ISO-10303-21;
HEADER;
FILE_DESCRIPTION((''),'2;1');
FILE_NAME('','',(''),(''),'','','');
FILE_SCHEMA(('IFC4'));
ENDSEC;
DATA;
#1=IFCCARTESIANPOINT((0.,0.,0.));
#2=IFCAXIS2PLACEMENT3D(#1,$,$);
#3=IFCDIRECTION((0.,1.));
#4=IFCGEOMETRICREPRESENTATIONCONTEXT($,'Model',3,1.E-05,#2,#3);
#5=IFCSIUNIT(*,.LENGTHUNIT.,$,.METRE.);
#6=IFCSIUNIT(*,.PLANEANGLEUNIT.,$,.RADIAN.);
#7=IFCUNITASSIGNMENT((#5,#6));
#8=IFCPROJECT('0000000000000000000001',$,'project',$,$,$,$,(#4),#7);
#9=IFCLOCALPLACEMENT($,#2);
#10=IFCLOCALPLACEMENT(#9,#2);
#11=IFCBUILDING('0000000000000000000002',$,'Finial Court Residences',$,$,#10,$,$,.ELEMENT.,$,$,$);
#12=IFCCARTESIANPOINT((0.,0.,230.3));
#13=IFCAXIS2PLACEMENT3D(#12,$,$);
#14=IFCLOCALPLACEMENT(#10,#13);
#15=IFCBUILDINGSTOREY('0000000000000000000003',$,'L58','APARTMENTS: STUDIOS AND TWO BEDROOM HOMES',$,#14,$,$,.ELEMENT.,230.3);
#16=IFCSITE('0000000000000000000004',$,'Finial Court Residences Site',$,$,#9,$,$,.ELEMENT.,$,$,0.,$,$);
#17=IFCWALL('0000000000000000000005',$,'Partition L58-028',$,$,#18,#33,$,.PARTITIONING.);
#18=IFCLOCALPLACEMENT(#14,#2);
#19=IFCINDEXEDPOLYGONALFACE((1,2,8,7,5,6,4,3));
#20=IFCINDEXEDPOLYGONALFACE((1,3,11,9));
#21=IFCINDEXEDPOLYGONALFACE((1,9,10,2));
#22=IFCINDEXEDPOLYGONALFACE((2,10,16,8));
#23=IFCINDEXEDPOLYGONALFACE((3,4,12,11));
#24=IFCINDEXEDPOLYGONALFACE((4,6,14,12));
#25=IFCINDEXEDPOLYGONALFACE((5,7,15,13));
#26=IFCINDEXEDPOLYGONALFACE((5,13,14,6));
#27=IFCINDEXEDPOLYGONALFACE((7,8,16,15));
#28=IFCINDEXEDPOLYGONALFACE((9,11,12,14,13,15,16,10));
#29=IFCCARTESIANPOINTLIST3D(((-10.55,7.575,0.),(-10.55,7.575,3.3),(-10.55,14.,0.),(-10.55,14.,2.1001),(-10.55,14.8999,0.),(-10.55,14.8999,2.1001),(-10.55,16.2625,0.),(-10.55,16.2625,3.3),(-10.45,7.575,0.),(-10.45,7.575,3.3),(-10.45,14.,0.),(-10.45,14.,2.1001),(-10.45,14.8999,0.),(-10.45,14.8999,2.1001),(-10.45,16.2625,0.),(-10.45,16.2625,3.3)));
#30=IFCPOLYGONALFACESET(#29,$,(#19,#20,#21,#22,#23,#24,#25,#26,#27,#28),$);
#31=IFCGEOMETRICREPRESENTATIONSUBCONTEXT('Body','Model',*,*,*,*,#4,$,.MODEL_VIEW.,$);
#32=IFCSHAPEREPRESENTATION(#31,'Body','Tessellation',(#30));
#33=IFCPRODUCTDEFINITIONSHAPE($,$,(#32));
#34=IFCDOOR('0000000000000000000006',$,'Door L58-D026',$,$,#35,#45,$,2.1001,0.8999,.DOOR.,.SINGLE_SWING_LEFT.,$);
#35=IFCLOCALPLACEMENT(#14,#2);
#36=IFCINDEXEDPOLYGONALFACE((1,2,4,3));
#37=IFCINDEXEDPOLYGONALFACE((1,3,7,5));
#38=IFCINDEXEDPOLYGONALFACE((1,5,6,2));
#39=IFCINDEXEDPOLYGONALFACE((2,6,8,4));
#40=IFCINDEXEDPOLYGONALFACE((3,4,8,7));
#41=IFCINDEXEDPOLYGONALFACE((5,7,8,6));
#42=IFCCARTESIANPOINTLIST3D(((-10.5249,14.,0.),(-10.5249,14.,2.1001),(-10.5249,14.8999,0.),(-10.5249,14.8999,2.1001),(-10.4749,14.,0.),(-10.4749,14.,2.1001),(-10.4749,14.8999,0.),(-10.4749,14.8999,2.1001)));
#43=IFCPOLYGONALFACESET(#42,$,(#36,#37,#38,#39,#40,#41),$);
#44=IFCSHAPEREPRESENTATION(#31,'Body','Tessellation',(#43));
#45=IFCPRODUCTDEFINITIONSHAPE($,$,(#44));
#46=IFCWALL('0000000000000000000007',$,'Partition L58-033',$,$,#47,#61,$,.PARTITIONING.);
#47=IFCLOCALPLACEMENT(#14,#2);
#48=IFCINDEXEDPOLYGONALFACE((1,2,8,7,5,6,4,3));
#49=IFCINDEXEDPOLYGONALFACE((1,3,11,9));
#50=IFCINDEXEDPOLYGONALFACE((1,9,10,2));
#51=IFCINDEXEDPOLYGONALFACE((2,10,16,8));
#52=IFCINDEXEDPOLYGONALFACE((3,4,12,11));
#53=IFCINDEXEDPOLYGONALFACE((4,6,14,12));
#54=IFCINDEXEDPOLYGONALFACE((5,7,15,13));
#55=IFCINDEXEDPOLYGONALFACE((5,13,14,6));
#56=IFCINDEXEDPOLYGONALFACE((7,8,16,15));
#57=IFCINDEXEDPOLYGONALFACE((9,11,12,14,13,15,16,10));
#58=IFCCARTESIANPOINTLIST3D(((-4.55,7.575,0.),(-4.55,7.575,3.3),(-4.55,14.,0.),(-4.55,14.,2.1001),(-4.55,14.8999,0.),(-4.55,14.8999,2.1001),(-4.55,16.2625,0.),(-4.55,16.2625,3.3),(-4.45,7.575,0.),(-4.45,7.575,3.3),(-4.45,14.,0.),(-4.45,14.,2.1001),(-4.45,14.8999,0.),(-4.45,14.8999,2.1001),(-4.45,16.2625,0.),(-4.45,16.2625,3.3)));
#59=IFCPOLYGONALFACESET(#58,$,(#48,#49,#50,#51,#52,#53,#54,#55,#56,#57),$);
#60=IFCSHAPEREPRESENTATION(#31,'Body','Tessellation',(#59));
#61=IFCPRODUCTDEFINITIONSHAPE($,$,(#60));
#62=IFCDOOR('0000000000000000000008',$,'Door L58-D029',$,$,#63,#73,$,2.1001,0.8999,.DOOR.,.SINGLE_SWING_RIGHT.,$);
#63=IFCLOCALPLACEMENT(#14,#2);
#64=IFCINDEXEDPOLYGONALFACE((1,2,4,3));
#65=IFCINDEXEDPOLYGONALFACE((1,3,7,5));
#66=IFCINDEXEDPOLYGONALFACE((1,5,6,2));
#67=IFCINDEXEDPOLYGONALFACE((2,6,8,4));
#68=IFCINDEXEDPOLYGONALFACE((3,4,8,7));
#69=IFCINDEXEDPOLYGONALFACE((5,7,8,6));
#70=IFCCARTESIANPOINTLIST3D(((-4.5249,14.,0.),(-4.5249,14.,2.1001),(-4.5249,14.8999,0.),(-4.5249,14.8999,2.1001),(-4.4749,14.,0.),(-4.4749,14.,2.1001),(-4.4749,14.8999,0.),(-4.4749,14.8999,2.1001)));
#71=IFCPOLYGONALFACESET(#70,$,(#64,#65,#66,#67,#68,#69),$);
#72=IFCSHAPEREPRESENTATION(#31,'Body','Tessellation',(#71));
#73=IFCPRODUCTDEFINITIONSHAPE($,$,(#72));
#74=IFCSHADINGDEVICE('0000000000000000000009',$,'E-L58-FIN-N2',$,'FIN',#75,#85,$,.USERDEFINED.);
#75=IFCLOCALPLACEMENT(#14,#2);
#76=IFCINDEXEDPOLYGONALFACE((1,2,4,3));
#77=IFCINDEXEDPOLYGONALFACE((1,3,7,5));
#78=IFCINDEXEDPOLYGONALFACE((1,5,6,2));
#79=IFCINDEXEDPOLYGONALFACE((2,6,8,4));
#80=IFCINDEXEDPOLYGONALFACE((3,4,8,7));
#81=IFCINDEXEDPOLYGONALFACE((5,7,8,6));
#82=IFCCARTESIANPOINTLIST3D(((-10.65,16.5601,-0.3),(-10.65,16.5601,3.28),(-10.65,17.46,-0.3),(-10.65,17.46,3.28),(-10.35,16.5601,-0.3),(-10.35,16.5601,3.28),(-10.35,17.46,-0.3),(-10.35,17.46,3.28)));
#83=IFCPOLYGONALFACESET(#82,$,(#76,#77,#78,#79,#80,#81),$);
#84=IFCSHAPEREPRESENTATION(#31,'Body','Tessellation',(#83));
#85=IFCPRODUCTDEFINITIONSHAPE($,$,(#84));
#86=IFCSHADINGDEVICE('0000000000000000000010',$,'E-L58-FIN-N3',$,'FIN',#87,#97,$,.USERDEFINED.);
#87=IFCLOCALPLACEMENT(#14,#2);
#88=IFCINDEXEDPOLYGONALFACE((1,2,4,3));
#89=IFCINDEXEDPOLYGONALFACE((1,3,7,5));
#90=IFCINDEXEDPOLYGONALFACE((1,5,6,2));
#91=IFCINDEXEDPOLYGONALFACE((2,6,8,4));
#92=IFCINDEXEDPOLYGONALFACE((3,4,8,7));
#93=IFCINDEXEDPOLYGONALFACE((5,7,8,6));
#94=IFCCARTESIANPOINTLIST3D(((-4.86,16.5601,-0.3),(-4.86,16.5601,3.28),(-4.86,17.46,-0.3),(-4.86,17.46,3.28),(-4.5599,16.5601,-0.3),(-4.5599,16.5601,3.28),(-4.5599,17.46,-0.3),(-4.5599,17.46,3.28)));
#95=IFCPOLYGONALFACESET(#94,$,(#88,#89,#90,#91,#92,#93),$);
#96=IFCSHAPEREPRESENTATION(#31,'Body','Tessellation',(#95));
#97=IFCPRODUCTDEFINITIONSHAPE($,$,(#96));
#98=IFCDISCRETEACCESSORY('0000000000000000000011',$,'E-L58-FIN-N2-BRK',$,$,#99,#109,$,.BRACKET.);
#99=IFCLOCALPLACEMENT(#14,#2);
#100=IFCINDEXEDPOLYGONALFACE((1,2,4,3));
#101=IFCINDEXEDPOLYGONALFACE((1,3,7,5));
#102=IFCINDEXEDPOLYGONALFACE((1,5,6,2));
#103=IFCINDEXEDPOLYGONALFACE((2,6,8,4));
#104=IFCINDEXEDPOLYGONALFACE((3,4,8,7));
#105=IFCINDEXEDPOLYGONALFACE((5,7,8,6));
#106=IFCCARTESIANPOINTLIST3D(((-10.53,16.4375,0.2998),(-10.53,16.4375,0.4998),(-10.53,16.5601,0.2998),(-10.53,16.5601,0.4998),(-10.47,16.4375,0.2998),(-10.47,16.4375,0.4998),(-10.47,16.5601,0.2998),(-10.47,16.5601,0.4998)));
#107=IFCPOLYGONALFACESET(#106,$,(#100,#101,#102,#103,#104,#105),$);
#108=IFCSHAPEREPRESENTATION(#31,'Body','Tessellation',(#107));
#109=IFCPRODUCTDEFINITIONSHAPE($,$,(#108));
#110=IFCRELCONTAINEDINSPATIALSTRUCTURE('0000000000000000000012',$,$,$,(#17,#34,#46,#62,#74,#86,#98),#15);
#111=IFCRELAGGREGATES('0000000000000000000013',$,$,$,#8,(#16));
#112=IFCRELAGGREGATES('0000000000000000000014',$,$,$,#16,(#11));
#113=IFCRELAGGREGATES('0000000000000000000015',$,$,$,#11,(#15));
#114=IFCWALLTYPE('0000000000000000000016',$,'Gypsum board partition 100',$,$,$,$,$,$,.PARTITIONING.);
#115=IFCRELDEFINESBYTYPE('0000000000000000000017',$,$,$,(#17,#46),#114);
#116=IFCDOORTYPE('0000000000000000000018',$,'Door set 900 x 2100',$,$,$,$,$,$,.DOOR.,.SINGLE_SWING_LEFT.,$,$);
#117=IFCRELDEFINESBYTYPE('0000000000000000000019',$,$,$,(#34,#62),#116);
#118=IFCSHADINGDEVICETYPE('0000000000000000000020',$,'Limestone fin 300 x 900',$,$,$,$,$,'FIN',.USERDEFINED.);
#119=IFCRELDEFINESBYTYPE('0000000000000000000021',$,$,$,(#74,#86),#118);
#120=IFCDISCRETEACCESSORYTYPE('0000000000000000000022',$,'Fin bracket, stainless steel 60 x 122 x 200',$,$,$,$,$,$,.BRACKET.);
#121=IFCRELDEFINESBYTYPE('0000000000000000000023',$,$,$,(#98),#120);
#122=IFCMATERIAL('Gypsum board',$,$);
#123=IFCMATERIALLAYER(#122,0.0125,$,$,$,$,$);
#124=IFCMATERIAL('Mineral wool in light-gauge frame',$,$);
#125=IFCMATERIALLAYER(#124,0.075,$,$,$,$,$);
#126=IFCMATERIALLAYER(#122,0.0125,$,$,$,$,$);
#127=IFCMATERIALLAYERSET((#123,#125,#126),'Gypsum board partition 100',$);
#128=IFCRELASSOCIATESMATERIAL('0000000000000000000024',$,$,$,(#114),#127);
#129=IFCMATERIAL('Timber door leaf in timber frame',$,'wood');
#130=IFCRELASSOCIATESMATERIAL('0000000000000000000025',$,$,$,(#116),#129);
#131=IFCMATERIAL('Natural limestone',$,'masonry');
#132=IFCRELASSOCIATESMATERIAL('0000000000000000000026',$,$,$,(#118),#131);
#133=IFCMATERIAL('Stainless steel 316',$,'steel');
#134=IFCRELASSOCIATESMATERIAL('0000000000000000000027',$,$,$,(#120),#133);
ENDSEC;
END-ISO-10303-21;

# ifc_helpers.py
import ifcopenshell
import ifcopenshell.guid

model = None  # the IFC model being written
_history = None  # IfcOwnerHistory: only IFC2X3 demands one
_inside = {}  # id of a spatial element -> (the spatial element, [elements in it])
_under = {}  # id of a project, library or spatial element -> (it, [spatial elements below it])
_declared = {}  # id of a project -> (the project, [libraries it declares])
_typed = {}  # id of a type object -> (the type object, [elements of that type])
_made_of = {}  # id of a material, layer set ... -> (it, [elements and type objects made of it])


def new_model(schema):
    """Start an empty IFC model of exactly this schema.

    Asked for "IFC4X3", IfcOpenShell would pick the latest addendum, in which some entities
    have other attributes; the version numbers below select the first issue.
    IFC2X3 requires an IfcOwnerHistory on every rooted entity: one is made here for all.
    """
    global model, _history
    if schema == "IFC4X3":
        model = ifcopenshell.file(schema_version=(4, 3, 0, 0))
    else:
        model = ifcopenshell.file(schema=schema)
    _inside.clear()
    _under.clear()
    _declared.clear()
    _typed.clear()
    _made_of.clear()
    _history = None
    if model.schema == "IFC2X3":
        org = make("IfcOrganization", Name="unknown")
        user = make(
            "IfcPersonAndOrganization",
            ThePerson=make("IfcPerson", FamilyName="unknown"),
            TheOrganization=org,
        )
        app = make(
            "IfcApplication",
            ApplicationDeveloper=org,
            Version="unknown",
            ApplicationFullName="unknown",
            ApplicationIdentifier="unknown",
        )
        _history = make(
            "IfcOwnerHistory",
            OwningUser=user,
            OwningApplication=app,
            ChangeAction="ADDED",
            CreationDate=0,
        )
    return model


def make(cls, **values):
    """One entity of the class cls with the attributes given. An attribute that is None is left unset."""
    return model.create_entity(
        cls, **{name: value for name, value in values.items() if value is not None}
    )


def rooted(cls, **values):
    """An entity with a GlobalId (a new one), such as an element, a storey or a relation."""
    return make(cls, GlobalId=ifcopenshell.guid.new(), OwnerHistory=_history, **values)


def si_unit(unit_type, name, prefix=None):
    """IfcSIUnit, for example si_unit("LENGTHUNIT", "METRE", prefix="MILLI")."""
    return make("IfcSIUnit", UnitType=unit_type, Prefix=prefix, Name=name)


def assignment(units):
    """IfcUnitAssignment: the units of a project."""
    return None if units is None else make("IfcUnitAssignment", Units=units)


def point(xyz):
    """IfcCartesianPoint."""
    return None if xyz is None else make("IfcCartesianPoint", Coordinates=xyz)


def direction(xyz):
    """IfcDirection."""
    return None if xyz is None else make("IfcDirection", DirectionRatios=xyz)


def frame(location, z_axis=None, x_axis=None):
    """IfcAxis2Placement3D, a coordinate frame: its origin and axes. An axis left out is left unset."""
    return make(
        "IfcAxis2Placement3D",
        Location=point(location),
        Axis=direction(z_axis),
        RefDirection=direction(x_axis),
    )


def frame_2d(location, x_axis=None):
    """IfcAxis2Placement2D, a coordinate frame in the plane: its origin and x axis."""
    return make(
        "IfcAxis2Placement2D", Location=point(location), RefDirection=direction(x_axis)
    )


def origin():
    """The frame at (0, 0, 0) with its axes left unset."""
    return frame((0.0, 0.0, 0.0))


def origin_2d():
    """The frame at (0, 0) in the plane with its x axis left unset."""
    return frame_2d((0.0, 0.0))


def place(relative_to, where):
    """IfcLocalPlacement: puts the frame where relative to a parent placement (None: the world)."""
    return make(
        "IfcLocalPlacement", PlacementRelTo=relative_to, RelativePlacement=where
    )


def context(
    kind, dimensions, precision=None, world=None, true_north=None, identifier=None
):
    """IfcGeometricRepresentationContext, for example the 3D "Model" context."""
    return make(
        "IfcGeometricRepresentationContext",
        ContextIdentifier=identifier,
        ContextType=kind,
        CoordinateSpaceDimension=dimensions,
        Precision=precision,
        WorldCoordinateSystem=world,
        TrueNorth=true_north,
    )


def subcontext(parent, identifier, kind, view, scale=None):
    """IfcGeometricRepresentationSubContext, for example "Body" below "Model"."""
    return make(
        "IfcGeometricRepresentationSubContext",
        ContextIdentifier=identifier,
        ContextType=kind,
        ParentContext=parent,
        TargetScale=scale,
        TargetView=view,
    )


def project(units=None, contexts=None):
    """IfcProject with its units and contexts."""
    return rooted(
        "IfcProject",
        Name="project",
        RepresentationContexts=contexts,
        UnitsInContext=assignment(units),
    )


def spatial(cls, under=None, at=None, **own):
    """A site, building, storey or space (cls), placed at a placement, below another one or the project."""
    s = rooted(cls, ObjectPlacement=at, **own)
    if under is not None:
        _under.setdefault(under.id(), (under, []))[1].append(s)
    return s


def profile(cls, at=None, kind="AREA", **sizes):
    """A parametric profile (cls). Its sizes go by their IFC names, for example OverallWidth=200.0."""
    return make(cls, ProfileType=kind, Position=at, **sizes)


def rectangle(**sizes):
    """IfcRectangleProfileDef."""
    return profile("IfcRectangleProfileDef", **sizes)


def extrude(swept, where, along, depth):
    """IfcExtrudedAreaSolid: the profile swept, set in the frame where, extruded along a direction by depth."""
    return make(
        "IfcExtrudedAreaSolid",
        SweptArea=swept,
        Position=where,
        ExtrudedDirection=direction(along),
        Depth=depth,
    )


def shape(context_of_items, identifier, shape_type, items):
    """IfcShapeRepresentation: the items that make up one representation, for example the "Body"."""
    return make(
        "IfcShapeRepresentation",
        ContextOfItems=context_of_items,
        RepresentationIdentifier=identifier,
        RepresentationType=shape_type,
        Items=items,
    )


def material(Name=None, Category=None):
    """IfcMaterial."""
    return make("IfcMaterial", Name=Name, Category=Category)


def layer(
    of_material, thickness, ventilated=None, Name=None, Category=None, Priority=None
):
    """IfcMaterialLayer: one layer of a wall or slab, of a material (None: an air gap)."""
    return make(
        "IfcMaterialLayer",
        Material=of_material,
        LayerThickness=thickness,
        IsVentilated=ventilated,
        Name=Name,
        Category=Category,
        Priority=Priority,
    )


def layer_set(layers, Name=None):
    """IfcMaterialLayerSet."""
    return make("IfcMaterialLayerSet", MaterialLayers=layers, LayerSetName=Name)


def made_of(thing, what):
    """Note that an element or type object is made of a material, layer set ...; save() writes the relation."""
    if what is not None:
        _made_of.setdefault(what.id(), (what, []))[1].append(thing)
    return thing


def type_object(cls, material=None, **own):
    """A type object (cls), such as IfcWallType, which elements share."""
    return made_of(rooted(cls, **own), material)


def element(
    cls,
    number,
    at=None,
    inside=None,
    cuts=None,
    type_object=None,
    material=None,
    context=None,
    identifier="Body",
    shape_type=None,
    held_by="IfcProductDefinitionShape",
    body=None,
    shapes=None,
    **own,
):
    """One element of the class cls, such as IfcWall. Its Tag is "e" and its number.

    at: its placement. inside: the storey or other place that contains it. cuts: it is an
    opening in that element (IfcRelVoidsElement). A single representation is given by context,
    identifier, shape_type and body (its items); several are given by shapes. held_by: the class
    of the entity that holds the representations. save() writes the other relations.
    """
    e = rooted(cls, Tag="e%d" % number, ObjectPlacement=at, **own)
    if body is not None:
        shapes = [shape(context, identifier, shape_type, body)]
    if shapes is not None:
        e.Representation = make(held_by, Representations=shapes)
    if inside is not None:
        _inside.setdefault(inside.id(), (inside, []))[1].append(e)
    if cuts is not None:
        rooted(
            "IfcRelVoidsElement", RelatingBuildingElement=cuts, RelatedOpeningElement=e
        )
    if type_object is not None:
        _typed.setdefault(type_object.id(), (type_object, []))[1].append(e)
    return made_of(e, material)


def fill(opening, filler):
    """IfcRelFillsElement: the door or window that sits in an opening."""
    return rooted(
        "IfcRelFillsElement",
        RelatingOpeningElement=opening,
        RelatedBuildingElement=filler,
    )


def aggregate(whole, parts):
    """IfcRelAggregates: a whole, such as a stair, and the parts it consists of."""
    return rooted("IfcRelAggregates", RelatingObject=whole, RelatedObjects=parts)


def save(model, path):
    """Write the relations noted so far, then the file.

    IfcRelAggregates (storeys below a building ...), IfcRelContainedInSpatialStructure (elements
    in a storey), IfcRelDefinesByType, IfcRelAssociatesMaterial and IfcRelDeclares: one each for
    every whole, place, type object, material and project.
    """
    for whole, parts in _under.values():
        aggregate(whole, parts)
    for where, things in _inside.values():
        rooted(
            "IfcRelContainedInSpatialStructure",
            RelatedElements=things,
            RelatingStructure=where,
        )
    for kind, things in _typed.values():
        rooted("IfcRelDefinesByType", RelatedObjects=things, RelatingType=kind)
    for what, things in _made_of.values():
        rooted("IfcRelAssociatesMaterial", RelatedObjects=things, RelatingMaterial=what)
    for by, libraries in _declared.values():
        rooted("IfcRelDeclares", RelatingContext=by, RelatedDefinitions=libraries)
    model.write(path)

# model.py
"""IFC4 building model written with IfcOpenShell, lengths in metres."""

from ifc_helpers import new_model, si_unit, direction, frame, frame_2d, origin, origin_2d, place, context, subcontext, project, spatial, rectangle, extrude, material, layer, layer_set, type_object, element, fill, save


model = new_model("IFC4")

# Units and contexts
model_context = context("Model", 3, precision=1e-05, world=origin(), true_north=direction((0.0, 1.0)))
body_context = subcontext(model_context, "Body", "Model", "MODEL_VIEW")
ifc_project = project(units=[si_unit("LENGTHUNIT", "METRE"), si_unit("PLANEANGLEUNIT", "RADIAN")], contexts=[model_context])

# Site, building, storey
site_placement = place(None, origin())
site = spatial("IfcSite", under=ifc_project, at=site_placement, Name="Finial Court Residences Site", CompositionType="ELEMENT", RefElevation=0.0)
building_placement = place(site_placement, origin())
building = spatial("IfcBuilding", under=site, at=building_placement, Name="Finial Court Residences", CompositionType="ELEMENT")
storey_placement = place(building_placement, frame((0.0, 0.0, 230.3)))
storey = spatial("IfcBuildingStorey", under=building, at=storey_placement, Name="L58", Description="APARTMENTS: STUDIOS AND TWO BEDROOM HOMES", CompositionType="ELEMENT", Elevation=230.3)

# Walls, openings, doors
ifc_material_1 = material(Name="Gypsum board")
ifc_layer_1 = layer(ifc_material_1, 0.0125)
ifc_material_2 = material(Name="Mineral wool in light-gauge frame")
ifc_layer_2 = layer(ifc_material_2, 0.075)
ifc_layer_3 = layer(ifc_material_1, 0.0125)
ifc_layer_set_1 = layer_set([ifc_layer_1, ifc_layer_2, ifc_layer_3], Name="Gypsum board partition 100")
wall_type = type_object("IfcWallType", Name="Gypsum board partition 100", PredefinedType="PARTITIONING", material=ifc_layer_set_1)
ifc_material_3 = material(Name="Timber door leaf in timber frame", Category="wood")
door_type = type_object("IfcDoorType", Name="Door set 900 x 2100", OperationType="SINGLE_SWING_LEFT", PredefinedType="DOOR", material=ifc_material_3)
wall_1_placement = place(storey_placement, frame((-10.5, 7.575, 0.0), z_axis=(0.0, 0.0, 1.0), x_axis=(0.0, 1.0, 0.0)))
wall_1 = element("IfcWall", 1, at=wall_1_placement, inside=storey, type_object=wall_type, Name="Partition L58-028", PredefinedType="PARTITIONING", context=body_context, shape_type="SweptSolid", body=[
    extrude(rectangle(XDim=8.6875, YDim=0.1001, at=frame_2d((4.3438, 0.0))), origin(), (0.0, 0.0, 1.0), 3.3),
])
opening_1_placement = place(wall_1_placement, frame((6.425, 0.0, 0.0)))
opening_1 = element("IfcOpeningElement", 2, at=opening_1_placement, cuts=wall_1, PredefinedType="OPENING", context=body_context, shape_type="SweptSolid", body=[
    extrude(rectangle(XDim=0.8999, YDim=2.1001, at=frame_2d((0.45, 1.05))), frame((0.0, 0.0601, 0.0), z_axis=(0.0, -1.0, 0.0), x_axis=(1.0, 0.0, 0.0)), (0.0, 0.0, 1.0), 0.1201),
])
door_1_placement = place(opening_1_placement, origin())
door_1 = element("IfcDoor", 3, at=door_1_placement, inside=storey, type_object=door_type, Name="Door L58-D026", OperationType="SINGLE_SWING_LEFT", OverallHeight=2.1001, OverallWidth=0.8999, PredefinedType="DOOR", context=body_context, shape_type="SweptSolid", body=[
    extrude(rectangle(XDim=0.8999, YDim=2.1001, at=frame_2d((0.45, 1.05))), frame((0.0, 0.0249, 0.0), z_axis=(0.0, -1.0, 0.0), x_axis=(1.0, 0.0, 0.0)), (0.0, 0.0, 1.0), 0.05),
])
fill(opening_1, door_1)
wall_2_placement = place(storey_placement, frame((-4.5, 7.575, 0.0), z_axis=(0.0, 0.0, 1.0), x_axis=(0.0, 1.0, 0.0)))
wall_2 = element("IfcWall", 4, at=wall_2_placement, inside=storey, type_object=wall_type, Name="Partition L58-033", PredefinedType="PARTITIONING", context=body_context, shape_type="SweptSolid", body=[
    extrude(rectangle(XDim=8.6875, YDim=0.1001, at=frame_2d((4.3438, 0.0))), origin(), (0.0, 0.0, 1.0), 3.3),
])
opening_2_placement = place(wall_2_placement, frame((6.425, 0.0, 0.0)))
opening_2 = element("IfcOpeningElement", 5, at=opening_2_placement, cuts=wall_2, PredefinedType="OPENING", context=body_context, shape_type="SweptSolid", body=[
    extrude(rectangle(XDim=0.8999, YDim=2.1001, at=frame_2d((0.45, 1.05))), frame((0.0, 0.0601, 0.0), z_axis=(0.0, -1.0, 0.0), x_axis=(1.0, 0.0, 0.0)), (0.0, 0.0, 1.0), 0.1201),
])
door_2_placement = place(opening_2_placement, origin())
door_2 = element("IfcDoor", 6, at=door_2_placement, inside=storey, type_object=door_type, Name="Door L58-D029", OperationType="SINGLE_SWING_RIGHT", OverallHeight=2.1001, OverallWidth=0.8999, PredefinedType="DOOR", context=body_context, shape_type="SweptSolid", body=[
    extrude(rectangle(XDim=0.8999, YDim=2.1001, at=frame_2d((0.45, 1.05))), frame((0.0, 0.0249, 0.0), z_axis=(0.0, -1.0, 0.0), x_axis=(1.0, 0.0, 0.0)), (0.0, 0.0, 1.0), 0.05),
])
fill(opening_2, door_2)

# Shading devices
ifc_material_4 = material(Name="Natural limestone", Category="masonry")
shading_device_type = type_object("IfcShadingDeviceType", Name="Limestone fin 300 x 900", ElementType="FIN", PredefinedType="USERDEFINED", material=ifc_material_4)
for number, where, z_axis, x_axis, name in (
    (7, (-10.5, 17.01, -0.3), (0.0, 0.0, 1.0), (1.0, 0.0, 0.0), "E-L58-FIN-N2"),
    (8, (-4.71, 17.01, -0.3), (0.0, 0.0, 1.0), (1.0, 0.0, 0.0), "E-L58-FIN-N3"),
):
    element("IfcShadingDevice", number, at=place(storey_placement, frame(where, z_axis=z_axis, x_axis=x_axis)), inside=storey, type_object=shading_device_type, Name=name, ObjectType="FIN", PredefinedType="USERDEFINED", context=body_context, shape_type="SweptSolid", body=[
        extrude(rectangle(XDim=0.3, YDim=0.8999, at=origin_2d()), origin(), (0.0, 0.0, 1.0), 3.5801),
    ])

# Discrete accessory
ifc_material_5 = material(Name="Stainless steel 316", Category="steel")
discrete_accessory_type = type_object("IfcDiscreteAccessoryType", Name="Fin bracket, stainless steel 60 x 122 x 200", PredefinedType="BRACKET", material=ifc_material_5)
discrete_accessory_placement = place(storey_placement, frame((-10.5, 16.4988, 0.2998), z_axis=(0.0, 0.0, 1.0), x_axis=(1.0, 0.0, 0.0)))
element("IfcDiscreteAccessory", 9, at=discrete_accessory_placement, inside=storey, type_object=discrete_accessory_type, Name="E-L58-FIN-N2-BRK", PredefinedType="BRACKET", context=body_context, shape_type="SweptSolid", body=[
    extrude(rectangle(XDim=0.0601, YDim=0.1226, at=origin_2d()), origin(), (0.0, 0.0, 1.0), 0.2),
])

save(model, "model.ifc")
